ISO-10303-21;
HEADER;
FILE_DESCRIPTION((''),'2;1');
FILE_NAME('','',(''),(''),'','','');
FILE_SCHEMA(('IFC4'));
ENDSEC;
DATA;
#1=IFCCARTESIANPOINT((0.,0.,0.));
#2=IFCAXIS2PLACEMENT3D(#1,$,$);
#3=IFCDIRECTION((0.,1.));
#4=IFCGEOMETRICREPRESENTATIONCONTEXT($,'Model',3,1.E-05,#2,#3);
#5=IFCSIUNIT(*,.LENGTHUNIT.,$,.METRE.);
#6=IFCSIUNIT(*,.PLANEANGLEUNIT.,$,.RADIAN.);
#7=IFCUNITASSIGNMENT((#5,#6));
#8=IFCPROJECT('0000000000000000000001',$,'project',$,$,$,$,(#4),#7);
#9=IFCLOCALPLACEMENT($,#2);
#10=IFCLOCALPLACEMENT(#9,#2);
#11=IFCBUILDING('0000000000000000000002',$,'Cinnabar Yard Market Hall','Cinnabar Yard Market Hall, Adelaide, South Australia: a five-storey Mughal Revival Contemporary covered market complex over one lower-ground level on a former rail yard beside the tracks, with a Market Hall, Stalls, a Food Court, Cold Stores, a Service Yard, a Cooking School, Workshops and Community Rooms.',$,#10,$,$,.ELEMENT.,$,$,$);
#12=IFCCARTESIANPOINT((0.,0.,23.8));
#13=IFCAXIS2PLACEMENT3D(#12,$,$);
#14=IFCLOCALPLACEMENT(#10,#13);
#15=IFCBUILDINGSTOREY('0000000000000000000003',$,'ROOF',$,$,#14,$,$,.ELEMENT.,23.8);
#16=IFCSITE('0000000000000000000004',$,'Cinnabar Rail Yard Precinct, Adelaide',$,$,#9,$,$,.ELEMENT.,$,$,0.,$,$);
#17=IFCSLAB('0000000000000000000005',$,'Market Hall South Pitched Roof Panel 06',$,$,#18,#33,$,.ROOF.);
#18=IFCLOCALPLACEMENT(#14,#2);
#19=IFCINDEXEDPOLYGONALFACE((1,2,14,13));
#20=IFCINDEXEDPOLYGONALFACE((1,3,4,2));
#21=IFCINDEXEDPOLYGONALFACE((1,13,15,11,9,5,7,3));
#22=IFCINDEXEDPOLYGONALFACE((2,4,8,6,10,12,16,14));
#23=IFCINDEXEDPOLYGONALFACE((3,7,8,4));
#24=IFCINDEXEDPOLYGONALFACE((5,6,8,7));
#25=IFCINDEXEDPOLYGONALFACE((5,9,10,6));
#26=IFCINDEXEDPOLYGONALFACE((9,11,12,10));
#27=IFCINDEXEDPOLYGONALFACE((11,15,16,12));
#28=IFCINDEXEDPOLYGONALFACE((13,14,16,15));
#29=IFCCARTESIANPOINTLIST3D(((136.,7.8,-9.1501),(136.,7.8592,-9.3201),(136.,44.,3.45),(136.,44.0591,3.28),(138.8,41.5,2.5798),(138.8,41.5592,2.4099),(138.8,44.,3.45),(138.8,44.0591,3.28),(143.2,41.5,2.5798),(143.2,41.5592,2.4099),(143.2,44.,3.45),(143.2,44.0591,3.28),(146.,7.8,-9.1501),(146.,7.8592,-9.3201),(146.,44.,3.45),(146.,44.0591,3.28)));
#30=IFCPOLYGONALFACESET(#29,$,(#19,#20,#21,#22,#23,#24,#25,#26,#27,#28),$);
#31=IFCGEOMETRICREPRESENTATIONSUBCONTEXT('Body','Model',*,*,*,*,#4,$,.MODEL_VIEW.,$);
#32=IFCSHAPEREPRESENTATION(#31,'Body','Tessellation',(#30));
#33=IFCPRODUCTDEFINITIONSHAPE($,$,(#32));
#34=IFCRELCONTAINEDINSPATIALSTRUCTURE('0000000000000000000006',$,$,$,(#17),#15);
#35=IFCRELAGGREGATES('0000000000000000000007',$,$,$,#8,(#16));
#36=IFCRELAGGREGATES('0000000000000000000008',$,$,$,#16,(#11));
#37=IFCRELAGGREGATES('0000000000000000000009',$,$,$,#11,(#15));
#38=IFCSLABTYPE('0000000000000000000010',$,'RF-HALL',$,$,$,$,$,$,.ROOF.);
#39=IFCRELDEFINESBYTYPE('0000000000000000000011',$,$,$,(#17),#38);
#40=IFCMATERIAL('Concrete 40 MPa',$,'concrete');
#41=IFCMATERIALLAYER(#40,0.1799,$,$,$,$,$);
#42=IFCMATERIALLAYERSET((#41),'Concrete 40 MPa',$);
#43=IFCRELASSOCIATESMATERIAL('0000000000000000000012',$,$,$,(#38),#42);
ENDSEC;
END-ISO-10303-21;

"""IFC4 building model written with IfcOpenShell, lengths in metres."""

from ifc_helpers import new_model, si_unit, direction, frame, origin, place, context, subcontext, project, spatial, polyline, outline, extrude, material, layer, layer_set, type_object, element, save


model = new_model("IFC4")

# Units and contexts
model_context = context("Model", 3, precision=1e-05, world=origin(), true_north=direction((0.0, 1.0)))
body_context = subcontext(model_context, "Body", "Model", "MODEL_VIEW")
ifc_project = project(units=[si_unit("LENGTHUNIT", "METRE"), si_unit("PLANEANGLEUNIT", "RADIAN")], contexts=[model_context])

# Site, building, storey
site_placement = place(None, origin())
site = spatial("IfcSite", under=ifc_project, at=site_placement, Name="Cinnabar Rail Yard Precinct, Adelaide", CompositionType="ELEMENT", RefElevation=0.0)
building_placement = place(site_placement, origin())
building = spatial("IfcBuilding", under=site, at=building_placement, Name="Cinnabar Yard Market Hall", Description="Cinnabar Yard Market Hall, Adelaide, South Australia: a five-storey Mughal Revival Contemporary covered market complex over one lower-ground level on a former rail yard beside the tracks, with a Market Hall, Stalls, a Food Court, Cold Stores, a Service Yard, a Cooking School, Workshops and Community Rooms.", CompositionType="ELEMENT")
storey_placement = place(building_placement, frame((0.0, 0.0, 23.8)))
storey = spatial("IfcBuildingStorey", under=building, at=storey_placement, Name="ROOF", CompositionType="ELEMENT", Elevation=23.8)

# Slab
ifc_material_1 = material(Name="Concrete 40 MPa", Category="concrete")
ifc_layer = layer(ifc_material_1, 0.1799)
ifc_layer_set = layer_set([ifc_layer], Name="Concrete 40 MPa")
slab_type = type_object("IfcSlabType", Name="RF-HALL", PredefinedType="ROOF", material=ifc_layer_set)
for number, where, z_axis, x_axis, name in (
    (1, (136.0, 7.8, -9.1501), (0.0, -0.328726, 0.944425), (1.0, 0.0, 0.0), "Market Hall South Pitched Roof Panel 06"),
):
    element("IfcSlab", number, at=place(storey_placement, frame(where, z_axis=z_axis, x_axis=x_axis)), inside=storey, type_object=slab_type, Name=name, PredefinedType="ROOF", context=body_context, shape_type="SweptSolid", body=[
        extrude(outline(polyline([(0.0, 0.0), (10.0, 0.0), (10.0, 38.3301), (7.2, 38.3301), (7.2, 35.683), (2.8, 35.683), (2.8, 38.3301), (0.0, 38.3301), (0.0, 0.0)])), origin(), (0.0, 0.0, -1.0), 0.1799),
    ])

save(model, "model.ifc")
